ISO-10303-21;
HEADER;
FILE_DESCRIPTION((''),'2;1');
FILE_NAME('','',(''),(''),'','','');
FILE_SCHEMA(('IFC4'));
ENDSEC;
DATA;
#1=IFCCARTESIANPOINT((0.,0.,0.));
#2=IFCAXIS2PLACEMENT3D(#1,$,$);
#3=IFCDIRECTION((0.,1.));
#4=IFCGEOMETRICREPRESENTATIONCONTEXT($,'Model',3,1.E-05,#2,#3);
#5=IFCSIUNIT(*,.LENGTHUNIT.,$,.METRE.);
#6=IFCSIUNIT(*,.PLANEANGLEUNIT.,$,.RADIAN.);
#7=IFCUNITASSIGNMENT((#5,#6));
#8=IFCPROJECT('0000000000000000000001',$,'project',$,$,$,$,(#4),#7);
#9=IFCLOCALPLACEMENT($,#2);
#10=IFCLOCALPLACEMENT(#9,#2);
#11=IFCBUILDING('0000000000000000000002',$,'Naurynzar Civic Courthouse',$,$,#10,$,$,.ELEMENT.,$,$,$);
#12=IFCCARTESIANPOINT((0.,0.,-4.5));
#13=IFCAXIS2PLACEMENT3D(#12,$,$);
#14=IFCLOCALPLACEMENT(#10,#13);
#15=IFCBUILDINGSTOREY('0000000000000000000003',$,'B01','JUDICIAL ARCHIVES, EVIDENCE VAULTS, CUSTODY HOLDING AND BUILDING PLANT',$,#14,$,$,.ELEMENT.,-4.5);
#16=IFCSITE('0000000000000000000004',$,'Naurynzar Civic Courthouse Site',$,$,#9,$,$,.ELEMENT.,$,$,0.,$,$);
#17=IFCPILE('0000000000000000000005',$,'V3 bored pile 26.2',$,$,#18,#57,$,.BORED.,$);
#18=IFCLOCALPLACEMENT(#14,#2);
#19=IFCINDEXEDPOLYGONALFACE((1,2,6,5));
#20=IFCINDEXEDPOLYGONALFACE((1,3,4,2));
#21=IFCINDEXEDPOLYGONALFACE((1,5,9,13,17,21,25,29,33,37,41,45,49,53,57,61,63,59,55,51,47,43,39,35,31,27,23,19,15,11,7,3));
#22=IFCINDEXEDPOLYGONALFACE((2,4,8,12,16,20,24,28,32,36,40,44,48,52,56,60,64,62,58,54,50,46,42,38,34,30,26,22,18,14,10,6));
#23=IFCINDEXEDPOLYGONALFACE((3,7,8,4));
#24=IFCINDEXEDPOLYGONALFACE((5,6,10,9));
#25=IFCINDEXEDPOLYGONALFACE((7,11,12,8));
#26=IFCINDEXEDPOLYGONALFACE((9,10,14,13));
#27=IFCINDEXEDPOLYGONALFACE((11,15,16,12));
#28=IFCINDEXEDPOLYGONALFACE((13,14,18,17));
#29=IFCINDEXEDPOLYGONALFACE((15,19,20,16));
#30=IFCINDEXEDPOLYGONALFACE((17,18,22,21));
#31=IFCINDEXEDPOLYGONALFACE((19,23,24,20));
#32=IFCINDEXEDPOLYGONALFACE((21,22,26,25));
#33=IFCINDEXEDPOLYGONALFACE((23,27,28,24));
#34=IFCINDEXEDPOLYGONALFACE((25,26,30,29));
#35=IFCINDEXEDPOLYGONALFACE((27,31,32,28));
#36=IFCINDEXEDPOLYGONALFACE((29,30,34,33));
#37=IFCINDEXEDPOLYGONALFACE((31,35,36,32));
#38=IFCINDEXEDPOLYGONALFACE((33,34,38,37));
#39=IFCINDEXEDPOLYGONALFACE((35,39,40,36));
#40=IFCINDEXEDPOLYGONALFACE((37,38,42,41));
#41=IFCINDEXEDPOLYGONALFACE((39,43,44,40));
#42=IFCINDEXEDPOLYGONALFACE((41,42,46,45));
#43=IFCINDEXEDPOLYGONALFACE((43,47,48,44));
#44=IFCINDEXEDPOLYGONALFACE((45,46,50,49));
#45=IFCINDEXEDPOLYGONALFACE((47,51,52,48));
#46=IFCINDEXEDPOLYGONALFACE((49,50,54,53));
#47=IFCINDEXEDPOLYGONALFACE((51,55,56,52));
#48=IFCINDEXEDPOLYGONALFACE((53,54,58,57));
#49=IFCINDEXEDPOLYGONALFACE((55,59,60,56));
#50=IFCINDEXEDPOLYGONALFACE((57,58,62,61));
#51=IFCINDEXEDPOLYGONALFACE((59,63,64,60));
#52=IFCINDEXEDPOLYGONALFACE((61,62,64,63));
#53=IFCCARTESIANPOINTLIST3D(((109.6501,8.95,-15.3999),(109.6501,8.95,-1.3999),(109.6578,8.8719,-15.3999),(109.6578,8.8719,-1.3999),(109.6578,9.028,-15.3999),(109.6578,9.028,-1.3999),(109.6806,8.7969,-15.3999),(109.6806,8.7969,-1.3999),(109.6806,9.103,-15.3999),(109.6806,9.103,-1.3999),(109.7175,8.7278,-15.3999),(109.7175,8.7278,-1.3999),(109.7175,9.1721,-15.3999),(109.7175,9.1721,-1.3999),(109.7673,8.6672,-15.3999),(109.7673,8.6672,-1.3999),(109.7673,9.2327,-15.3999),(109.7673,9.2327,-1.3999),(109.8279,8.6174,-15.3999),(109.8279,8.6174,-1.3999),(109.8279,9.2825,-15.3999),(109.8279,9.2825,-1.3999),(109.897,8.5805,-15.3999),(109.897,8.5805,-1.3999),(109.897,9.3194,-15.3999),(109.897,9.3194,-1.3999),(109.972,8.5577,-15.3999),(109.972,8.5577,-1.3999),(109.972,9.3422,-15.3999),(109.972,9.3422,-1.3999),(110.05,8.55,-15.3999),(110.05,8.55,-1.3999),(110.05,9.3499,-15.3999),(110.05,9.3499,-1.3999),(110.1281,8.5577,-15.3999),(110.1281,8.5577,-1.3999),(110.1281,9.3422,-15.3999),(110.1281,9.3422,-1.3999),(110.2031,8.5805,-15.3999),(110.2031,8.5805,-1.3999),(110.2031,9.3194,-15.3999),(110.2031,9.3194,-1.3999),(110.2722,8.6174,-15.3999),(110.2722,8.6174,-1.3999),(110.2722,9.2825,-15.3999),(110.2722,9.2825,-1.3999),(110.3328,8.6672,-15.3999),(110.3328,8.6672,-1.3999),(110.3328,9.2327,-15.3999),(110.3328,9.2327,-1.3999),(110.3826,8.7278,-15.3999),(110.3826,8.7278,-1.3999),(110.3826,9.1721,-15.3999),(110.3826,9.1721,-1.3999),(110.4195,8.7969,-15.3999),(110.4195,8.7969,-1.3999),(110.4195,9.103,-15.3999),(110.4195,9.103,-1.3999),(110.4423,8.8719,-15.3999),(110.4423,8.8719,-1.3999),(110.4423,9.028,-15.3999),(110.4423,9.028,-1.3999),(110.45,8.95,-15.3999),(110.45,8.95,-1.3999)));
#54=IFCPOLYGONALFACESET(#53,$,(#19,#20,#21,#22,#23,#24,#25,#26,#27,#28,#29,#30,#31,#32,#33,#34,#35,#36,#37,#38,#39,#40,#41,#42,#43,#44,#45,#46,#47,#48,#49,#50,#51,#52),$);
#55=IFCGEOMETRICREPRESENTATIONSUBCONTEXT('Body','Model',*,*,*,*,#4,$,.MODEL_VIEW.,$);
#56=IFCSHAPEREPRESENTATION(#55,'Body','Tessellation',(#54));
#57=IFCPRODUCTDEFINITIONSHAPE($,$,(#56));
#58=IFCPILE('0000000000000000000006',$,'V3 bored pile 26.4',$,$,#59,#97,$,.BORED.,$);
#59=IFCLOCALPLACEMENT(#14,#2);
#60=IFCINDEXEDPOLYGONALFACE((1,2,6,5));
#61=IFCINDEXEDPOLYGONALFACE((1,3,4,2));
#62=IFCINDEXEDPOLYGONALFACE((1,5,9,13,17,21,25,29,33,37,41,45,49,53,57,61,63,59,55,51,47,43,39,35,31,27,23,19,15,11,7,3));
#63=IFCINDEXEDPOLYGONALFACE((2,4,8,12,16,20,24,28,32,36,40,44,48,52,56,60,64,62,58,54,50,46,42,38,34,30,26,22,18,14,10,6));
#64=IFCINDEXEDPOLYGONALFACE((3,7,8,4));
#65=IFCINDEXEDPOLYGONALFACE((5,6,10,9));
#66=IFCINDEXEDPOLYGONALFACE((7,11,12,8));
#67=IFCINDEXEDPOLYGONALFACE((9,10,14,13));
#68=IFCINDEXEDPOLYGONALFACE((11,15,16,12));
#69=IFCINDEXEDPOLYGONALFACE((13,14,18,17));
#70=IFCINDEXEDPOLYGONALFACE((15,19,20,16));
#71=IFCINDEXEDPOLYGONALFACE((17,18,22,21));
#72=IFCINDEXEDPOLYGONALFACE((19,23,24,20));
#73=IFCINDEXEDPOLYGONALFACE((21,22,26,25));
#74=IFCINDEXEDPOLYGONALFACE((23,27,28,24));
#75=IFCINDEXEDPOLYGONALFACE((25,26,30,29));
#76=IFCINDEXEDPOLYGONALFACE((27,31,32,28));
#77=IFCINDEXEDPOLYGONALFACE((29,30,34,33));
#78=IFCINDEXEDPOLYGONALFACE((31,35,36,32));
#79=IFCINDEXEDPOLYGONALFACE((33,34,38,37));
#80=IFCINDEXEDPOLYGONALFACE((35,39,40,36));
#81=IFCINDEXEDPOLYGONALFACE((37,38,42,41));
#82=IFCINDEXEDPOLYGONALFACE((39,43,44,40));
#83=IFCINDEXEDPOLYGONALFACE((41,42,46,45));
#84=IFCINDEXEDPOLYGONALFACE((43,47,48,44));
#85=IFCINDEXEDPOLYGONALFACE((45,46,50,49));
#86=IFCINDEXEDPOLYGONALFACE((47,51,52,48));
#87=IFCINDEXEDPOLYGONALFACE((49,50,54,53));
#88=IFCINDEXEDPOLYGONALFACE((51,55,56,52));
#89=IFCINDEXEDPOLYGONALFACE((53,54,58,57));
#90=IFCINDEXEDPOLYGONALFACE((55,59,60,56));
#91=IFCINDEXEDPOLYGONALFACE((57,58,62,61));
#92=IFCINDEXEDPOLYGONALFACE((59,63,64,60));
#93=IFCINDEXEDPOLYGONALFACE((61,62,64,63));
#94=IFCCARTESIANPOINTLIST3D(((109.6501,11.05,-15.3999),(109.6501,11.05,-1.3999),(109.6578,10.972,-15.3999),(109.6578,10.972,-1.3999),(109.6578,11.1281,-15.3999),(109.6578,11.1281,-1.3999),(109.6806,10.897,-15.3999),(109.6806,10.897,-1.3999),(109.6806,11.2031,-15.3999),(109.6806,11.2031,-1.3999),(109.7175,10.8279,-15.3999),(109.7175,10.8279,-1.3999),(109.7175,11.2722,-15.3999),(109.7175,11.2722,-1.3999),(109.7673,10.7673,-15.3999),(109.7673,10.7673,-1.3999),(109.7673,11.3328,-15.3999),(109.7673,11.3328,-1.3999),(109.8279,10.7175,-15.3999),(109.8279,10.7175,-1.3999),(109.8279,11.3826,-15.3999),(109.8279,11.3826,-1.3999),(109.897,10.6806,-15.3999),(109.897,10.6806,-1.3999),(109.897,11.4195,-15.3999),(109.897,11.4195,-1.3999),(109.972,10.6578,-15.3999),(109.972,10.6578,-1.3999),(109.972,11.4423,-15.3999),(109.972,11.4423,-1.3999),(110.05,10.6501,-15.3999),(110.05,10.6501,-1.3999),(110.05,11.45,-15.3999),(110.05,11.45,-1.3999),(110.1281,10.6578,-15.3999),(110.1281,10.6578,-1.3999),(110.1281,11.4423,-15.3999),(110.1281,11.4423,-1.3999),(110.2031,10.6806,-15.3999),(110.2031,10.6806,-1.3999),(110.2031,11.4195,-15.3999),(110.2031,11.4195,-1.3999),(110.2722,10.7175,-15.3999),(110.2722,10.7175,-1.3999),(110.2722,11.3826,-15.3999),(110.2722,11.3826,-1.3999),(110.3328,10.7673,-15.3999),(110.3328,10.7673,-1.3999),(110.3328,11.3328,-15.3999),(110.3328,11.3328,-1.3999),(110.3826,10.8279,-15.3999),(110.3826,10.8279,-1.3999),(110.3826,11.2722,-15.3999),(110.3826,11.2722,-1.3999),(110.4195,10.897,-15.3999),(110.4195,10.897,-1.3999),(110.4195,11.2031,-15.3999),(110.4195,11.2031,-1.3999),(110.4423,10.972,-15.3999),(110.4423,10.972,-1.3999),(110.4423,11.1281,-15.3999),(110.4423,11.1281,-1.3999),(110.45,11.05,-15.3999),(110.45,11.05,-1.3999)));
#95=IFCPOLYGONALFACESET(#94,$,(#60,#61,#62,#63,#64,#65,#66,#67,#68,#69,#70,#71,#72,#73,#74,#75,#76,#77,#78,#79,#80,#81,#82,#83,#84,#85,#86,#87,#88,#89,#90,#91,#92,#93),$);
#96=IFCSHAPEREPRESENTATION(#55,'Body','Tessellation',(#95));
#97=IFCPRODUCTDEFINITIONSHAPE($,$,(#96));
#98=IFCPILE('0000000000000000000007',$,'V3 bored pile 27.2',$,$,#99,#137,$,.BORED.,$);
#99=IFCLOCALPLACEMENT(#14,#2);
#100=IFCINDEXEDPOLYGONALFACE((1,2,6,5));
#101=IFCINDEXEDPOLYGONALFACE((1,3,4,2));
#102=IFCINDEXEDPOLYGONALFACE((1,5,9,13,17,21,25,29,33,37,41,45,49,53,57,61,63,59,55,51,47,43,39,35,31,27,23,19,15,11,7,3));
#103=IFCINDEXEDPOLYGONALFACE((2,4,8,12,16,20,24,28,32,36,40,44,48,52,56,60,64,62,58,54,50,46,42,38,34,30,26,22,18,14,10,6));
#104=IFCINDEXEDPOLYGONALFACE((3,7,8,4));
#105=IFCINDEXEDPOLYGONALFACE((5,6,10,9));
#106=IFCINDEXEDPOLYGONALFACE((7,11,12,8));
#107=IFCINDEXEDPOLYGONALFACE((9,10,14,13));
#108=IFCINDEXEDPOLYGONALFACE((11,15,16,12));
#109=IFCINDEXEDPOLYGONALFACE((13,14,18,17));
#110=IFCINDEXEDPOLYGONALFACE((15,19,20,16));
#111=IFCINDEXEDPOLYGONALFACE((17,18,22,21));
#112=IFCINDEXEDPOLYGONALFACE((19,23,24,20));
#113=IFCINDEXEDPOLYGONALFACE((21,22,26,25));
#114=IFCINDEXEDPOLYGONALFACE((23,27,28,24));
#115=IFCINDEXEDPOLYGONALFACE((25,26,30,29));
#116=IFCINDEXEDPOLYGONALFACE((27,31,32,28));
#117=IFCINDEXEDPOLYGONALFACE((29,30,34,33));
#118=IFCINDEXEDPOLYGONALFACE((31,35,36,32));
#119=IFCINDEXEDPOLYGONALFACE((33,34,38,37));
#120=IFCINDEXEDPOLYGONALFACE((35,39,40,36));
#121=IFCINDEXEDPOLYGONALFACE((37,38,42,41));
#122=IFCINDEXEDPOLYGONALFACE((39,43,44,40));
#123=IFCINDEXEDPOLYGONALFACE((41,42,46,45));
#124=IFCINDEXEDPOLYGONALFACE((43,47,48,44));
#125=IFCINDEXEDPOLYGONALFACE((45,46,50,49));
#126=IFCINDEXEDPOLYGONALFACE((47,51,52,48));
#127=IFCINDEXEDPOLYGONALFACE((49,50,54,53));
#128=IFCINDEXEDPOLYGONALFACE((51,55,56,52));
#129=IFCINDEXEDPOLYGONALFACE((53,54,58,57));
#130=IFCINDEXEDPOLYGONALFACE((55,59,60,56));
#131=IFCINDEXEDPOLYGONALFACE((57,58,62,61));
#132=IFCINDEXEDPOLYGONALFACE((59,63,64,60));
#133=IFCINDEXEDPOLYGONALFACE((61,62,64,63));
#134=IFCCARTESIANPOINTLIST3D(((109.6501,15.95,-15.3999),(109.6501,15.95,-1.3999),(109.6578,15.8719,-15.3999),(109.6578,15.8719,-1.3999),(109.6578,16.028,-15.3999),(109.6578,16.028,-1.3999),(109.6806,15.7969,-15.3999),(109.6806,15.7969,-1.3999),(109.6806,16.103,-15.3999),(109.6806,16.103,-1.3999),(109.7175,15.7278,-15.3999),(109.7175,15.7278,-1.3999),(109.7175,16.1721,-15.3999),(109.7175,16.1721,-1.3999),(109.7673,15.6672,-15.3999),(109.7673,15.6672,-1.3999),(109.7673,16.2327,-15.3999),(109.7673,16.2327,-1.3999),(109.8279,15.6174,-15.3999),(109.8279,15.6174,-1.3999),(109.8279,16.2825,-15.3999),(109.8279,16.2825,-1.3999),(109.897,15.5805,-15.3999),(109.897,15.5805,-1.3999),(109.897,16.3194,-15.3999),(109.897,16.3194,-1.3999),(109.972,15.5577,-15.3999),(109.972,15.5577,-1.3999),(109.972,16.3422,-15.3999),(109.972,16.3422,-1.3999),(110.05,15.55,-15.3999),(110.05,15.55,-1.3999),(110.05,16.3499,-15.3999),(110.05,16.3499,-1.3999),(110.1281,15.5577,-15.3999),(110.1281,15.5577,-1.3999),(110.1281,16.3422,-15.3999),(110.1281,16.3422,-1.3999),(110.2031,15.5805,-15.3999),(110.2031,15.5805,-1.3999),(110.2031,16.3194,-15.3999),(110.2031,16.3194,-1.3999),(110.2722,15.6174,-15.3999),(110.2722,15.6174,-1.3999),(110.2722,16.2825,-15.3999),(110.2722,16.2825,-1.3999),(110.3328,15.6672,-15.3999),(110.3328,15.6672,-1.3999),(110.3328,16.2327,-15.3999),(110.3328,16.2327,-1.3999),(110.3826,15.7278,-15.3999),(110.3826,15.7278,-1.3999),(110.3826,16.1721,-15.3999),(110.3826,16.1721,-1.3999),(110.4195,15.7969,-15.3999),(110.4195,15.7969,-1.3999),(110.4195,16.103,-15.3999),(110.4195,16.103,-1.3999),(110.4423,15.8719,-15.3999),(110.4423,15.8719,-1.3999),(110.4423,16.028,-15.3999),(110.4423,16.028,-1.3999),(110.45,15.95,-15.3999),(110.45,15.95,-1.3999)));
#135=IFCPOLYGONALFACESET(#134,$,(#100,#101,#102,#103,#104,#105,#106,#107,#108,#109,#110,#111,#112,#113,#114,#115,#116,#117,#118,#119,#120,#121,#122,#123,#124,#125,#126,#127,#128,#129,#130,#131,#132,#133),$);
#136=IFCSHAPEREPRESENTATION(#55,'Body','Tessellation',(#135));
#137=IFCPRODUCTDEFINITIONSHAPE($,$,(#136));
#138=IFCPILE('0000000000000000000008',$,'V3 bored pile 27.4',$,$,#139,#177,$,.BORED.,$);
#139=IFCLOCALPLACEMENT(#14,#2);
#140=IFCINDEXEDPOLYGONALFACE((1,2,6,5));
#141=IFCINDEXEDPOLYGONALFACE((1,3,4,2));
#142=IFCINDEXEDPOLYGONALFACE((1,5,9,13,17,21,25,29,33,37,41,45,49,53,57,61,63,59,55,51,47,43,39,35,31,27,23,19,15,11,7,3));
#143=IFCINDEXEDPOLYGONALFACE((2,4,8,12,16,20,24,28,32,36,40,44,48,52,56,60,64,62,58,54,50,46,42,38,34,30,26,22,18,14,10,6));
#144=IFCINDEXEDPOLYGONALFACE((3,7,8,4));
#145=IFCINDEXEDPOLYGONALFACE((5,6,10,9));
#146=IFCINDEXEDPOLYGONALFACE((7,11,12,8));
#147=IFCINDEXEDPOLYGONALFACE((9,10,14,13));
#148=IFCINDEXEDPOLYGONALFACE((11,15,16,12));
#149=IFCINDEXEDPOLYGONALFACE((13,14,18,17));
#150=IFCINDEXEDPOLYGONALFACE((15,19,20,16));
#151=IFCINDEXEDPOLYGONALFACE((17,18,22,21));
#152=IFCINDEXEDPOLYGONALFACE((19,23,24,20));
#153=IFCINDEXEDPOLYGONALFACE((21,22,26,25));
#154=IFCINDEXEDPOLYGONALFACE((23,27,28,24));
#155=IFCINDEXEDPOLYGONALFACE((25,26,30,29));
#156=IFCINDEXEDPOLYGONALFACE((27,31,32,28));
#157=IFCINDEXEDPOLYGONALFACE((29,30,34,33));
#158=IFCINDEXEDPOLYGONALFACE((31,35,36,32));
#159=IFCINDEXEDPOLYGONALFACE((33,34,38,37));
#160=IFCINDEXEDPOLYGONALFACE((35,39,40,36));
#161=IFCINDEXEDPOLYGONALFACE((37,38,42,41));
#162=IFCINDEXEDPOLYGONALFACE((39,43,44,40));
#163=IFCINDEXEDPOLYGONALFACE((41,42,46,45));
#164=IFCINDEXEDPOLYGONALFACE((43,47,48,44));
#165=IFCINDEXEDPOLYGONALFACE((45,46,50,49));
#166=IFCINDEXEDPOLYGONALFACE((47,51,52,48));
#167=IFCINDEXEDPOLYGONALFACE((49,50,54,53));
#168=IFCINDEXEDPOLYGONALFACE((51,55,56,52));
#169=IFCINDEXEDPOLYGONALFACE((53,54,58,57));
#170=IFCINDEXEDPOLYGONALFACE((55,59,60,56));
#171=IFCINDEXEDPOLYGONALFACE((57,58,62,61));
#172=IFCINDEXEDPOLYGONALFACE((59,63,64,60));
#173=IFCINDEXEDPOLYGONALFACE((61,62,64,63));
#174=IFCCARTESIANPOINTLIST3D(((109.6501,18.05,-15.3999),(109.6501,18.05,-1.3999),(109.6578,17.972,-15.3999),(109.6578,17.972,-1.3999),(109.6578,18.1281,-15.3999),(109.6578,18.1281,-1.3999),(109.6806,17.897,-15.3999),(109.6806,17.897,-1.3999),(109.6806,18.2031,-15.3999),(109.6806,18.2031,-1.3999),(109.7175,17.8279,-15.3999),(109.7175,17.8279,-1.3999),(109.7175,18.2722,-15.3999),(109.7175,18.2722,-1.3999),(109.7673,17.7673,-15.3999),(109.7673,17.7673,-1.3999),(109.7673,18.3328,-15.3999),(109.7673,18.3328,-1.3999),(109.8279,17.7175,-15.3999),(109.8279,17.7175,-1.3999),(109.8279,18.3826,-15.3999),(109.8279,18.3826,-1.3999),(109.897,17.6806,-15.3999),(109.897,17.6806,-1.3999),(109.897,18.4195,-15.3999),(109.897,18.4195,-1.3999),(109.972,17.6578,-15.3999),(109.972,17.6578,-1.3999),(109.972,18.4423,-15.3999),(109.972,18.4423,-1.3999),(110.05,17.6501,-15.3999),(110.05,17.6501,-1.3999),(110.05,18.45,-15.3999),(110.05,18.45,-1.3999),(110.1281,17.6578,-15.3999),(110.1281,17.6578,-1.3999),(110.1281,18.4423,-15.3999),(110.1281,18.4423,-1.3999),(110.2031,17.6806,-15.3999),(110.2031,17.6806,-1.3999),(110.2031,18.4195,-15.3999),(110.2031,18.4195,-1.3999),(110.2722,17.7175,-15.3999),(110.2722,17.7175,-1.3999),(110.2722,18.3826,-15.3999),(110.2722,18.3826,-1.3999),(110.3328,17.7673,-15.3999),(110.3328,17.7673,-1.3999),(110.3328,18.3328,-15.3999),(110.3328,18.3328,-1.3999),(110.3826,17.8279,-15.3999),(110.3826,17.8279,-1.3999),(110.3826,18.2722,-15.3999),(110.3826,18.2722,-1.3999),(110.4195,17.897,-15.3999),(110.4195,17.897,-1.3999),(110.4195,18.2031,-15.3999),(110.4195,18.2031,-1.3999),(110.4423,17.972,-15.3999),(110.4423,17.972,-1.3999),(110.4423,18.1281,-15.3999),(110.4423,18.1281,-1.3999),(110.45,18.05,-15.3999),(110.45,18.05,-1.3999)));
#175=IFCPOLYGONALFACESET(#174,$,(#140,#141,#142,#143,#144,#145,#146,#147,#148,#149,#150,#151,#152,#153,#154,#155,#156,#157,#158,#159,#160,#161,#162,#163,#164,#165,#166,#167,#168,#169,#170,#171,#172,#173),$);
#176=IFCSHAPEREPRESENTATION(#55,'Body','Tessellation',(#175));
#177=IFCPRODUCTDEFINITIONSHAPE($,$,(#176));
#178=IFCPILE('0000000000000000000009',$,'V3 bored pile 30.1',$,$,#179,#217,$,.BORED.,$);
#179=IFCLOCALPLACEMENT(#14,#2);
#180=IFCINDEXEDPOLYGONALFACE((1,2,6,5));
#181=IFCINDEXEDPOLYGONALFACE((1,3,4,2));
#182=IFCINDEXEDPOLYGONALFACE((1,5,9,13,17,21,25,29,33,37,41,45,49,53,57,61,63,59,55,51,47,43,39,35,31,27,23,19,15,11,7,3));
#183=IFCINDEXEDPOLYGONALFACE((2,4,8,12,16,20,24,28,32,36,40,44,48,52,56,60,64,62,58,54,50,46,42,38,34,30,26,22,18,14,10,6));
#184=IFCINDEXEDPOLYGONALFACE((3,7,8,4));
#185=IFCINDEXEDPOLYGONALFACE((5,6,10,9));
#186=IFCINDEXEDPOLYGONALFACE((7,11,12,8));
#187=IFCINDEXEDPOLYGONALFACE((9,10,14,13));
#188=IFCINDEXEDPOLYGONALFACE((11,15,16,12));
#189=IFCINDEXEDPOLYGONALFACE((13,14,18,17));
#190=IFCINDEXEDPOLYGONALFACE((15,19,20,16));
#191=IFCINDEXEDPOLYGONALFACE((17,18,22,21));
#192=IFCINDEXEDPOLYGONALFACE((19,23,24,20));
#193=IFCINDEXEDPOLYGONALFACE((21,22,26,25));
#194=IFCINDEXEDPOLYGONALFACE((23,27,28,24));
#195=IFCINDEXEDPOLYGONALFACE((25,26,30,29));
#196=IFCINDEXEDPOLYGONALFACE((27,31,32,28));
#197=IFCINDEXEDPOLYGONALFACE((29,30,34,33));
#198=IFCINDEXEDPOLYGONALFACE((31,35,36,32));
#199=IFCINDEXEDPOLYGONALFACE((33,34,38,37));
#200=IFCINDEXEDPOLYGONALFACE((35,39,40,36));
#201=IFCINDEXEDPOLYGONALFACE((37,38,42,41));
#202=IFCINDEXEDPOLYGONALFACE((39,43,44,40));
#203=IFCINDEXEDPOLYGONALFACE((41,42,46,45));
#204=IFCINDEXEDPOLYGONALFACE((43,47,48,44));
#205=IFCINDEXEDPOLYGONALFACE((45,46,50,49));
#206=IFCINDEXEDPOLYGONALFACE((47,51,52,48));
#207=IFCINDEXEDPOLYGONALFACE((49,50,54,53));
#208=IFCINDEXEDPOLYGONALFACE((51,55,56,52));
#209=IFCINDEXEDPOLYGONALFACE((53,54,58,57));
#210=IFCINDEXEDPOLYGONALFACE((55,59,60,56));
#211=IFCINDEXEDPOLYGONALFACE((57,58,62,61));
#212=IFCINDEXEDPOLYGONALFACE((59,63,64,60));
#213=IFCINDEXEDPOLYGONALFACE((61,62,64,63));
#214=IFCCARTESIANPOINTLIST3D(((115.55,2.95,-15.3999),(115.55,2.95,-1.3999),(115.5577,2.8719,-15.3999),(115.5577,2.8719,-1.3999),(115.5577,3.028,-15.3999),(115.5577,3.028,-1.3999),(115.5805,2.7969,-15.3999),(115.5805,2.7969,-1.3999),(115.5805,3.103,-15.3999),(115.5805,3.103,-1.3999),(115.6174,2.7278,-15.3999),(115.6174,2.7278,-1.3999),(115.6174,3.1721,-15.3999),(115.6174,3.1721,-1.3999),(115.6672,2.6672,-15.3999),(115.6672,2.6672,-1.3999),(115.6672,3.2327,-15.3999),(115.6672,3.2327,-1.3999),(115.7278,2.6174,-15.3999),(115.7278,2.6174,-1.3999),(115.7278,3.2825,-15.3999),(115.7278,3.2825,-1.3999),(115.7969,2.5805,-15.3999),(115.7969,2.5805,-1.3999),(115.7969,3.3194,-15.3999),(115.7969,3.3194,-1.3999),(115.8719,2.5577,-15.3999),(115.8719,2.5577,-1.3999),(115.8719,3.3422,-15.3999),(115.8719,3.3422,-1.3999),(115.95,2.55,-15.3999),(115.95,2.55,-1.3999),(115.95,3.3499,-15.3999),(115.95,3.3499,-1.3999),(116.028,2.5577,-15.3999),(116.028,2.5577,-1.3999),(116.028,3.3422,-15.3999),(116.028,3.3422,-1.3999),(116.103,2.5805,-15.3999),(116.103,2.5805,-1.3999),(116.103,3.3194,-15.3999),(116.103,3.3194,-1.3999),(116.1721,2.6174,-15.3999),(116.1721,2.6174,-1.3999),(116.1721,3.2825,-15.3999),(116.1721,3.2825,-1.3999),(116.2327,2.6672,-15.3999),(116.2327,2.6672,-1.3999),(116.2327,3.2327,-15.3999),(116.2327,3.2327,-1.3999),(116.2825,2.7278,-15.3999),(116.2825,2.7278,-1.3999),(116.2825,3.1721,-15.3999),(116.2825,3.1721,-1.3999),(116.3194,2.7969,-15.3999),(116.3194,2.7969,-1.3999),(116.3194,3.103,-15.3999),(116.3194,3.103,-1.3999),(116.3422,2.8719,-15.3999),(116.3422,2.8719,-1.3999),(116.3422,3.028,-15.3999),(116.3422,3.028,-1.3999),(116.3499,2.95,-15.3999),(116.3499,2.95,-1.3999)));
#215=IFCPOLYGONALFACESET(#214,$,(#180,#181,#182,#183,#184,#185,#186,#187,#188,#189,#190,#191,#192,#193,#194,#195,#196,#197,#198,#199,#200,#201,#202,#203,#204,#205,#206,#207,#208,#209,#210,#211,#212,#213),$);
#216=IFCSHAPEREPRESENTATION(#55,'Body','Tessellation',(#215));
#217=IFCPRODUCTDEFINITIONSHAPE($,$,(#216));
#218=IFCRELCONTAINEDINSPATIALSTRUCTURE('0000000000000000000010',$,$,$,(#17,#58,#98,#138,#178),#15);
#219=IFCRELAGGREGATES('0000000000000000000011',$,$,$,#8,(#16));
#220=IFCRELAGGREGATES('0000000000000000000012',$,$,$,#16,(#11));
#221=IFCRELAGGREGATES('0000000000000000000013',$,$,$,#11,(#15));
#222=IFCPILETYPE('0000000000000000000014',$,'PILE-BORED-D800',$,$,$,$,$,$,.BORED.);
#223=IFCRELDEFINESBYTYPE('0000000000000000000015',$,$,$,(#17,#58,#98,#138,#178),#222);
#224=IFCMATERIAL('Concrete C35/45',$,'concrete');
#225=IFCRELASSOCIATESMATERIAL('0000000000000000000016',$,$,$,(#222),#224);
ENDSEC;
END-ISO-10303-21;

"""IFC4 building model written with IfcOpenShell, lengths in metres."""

from ifc_helpers import new_model, si_unit, direction, frame, origin, origin_2d, place, context, subcontext, project, spatial, circle, extrude, material, material_profile, profile_set, type_object, element, save


model = new_model("IFC4")

# Units and contexts
model_context = context("Model", 3, precision=1e-05, world=origin(), true_north=direction((0.0, 1.0)))
body_context = subcontext(model_context, "Body", "Model", "MODEL_VIEW")
ifc_project = project(units=[si_unit("LENGTHUNIT", "METRE"), si_unit("PLANEANGLEUNIT", "RADIAN")], contexts=[model_context])

# Site, building, storey
site_placement = place(None, origin())
site = spatial("IfcSite", under=ifc_project, at=site_placement, Name="Naurynzar Civic Courthouse Site", CompositionType="ELEMENT", RefElevation=0.0)
building_placement = place(site_placement, origin())
building = spatial("IfcBuilding", under=site, at=building_placement, Name="Naurynzar Civic Courthouse", CompositionType="ELEMENT")
storey_placement = place(building_placement, frame((0.0, 0.0, -4.5)))
storey = spatial("IfcBuildingStorey", under=building, at=storey_placement, Name="B01", Description="JUDICIAL ARCHIVES, EVIDENCE VAULTS, CUSTODY HOLDING AND BUILDING PLANT", CompositionType="ELEMENT", Elevation=-4.5)

# Piles
ifc_material_1 = material(Name="Concrete C35/45", Category="concrete")
ifc_material_profile_1 = material_profile(ifc_material_1, circle(Radius=0.3999, at=origin_2d()), Name="PILE D800")
ifc_profile_set_1 = profile_set([ifc_material_profile_1], Name="Concrete C35/45")
pile_type = type_object("IfcPileType", Name="PILE-BORED-D800", PredefinedType="BORED", material=ifc_profile_set_1)
for number, where, z_axis, x_axis, name in (
    (1, (110.05, 8.95, -1.3999), (0.0, 0.0, -1.0), (1.0, 0.0, 0.0), "V3 bored pile 26.2"),
    (2, (110.05, 11.05, -1.3999), (0.0, 0.0, -1.0), (1.0, 0.0, 0.0), "V3 bored pile 26.4"),
    (3, (110.05, 15.95, -1.3999), (0.0, 0.0, -1.0), (1.0, 0.0, 0.0), "V3 bored pile 27.2"),
    (4, (110.05, 18.05, -1.3999), (0.0, 0.0, -1.0), (1.0, 0.0, 0.0), "V3 bored pile 27.4"),
    (5, (115.95, 2.95, -1.3999), (0.0, 0.0, -1.0), (1.0, 0.0, 0.0), "V3 bored pile 30.1"),
):
    element("IfcPile", number, at=place(storey_placement, frame(where, z_axis=z_axis, x_axis=x_axis)), inside=storey, type_object=pile_type, Name=name, PredefinedType="BORED", context=body_context, shape_type="SweptSolid", body=[
        extrude(circle(Radius=0.3999, at=origin_2d()), origin(), (0.0, 0.0, 1.0), 14.0),
    ])

save(model, "model.ifc")
